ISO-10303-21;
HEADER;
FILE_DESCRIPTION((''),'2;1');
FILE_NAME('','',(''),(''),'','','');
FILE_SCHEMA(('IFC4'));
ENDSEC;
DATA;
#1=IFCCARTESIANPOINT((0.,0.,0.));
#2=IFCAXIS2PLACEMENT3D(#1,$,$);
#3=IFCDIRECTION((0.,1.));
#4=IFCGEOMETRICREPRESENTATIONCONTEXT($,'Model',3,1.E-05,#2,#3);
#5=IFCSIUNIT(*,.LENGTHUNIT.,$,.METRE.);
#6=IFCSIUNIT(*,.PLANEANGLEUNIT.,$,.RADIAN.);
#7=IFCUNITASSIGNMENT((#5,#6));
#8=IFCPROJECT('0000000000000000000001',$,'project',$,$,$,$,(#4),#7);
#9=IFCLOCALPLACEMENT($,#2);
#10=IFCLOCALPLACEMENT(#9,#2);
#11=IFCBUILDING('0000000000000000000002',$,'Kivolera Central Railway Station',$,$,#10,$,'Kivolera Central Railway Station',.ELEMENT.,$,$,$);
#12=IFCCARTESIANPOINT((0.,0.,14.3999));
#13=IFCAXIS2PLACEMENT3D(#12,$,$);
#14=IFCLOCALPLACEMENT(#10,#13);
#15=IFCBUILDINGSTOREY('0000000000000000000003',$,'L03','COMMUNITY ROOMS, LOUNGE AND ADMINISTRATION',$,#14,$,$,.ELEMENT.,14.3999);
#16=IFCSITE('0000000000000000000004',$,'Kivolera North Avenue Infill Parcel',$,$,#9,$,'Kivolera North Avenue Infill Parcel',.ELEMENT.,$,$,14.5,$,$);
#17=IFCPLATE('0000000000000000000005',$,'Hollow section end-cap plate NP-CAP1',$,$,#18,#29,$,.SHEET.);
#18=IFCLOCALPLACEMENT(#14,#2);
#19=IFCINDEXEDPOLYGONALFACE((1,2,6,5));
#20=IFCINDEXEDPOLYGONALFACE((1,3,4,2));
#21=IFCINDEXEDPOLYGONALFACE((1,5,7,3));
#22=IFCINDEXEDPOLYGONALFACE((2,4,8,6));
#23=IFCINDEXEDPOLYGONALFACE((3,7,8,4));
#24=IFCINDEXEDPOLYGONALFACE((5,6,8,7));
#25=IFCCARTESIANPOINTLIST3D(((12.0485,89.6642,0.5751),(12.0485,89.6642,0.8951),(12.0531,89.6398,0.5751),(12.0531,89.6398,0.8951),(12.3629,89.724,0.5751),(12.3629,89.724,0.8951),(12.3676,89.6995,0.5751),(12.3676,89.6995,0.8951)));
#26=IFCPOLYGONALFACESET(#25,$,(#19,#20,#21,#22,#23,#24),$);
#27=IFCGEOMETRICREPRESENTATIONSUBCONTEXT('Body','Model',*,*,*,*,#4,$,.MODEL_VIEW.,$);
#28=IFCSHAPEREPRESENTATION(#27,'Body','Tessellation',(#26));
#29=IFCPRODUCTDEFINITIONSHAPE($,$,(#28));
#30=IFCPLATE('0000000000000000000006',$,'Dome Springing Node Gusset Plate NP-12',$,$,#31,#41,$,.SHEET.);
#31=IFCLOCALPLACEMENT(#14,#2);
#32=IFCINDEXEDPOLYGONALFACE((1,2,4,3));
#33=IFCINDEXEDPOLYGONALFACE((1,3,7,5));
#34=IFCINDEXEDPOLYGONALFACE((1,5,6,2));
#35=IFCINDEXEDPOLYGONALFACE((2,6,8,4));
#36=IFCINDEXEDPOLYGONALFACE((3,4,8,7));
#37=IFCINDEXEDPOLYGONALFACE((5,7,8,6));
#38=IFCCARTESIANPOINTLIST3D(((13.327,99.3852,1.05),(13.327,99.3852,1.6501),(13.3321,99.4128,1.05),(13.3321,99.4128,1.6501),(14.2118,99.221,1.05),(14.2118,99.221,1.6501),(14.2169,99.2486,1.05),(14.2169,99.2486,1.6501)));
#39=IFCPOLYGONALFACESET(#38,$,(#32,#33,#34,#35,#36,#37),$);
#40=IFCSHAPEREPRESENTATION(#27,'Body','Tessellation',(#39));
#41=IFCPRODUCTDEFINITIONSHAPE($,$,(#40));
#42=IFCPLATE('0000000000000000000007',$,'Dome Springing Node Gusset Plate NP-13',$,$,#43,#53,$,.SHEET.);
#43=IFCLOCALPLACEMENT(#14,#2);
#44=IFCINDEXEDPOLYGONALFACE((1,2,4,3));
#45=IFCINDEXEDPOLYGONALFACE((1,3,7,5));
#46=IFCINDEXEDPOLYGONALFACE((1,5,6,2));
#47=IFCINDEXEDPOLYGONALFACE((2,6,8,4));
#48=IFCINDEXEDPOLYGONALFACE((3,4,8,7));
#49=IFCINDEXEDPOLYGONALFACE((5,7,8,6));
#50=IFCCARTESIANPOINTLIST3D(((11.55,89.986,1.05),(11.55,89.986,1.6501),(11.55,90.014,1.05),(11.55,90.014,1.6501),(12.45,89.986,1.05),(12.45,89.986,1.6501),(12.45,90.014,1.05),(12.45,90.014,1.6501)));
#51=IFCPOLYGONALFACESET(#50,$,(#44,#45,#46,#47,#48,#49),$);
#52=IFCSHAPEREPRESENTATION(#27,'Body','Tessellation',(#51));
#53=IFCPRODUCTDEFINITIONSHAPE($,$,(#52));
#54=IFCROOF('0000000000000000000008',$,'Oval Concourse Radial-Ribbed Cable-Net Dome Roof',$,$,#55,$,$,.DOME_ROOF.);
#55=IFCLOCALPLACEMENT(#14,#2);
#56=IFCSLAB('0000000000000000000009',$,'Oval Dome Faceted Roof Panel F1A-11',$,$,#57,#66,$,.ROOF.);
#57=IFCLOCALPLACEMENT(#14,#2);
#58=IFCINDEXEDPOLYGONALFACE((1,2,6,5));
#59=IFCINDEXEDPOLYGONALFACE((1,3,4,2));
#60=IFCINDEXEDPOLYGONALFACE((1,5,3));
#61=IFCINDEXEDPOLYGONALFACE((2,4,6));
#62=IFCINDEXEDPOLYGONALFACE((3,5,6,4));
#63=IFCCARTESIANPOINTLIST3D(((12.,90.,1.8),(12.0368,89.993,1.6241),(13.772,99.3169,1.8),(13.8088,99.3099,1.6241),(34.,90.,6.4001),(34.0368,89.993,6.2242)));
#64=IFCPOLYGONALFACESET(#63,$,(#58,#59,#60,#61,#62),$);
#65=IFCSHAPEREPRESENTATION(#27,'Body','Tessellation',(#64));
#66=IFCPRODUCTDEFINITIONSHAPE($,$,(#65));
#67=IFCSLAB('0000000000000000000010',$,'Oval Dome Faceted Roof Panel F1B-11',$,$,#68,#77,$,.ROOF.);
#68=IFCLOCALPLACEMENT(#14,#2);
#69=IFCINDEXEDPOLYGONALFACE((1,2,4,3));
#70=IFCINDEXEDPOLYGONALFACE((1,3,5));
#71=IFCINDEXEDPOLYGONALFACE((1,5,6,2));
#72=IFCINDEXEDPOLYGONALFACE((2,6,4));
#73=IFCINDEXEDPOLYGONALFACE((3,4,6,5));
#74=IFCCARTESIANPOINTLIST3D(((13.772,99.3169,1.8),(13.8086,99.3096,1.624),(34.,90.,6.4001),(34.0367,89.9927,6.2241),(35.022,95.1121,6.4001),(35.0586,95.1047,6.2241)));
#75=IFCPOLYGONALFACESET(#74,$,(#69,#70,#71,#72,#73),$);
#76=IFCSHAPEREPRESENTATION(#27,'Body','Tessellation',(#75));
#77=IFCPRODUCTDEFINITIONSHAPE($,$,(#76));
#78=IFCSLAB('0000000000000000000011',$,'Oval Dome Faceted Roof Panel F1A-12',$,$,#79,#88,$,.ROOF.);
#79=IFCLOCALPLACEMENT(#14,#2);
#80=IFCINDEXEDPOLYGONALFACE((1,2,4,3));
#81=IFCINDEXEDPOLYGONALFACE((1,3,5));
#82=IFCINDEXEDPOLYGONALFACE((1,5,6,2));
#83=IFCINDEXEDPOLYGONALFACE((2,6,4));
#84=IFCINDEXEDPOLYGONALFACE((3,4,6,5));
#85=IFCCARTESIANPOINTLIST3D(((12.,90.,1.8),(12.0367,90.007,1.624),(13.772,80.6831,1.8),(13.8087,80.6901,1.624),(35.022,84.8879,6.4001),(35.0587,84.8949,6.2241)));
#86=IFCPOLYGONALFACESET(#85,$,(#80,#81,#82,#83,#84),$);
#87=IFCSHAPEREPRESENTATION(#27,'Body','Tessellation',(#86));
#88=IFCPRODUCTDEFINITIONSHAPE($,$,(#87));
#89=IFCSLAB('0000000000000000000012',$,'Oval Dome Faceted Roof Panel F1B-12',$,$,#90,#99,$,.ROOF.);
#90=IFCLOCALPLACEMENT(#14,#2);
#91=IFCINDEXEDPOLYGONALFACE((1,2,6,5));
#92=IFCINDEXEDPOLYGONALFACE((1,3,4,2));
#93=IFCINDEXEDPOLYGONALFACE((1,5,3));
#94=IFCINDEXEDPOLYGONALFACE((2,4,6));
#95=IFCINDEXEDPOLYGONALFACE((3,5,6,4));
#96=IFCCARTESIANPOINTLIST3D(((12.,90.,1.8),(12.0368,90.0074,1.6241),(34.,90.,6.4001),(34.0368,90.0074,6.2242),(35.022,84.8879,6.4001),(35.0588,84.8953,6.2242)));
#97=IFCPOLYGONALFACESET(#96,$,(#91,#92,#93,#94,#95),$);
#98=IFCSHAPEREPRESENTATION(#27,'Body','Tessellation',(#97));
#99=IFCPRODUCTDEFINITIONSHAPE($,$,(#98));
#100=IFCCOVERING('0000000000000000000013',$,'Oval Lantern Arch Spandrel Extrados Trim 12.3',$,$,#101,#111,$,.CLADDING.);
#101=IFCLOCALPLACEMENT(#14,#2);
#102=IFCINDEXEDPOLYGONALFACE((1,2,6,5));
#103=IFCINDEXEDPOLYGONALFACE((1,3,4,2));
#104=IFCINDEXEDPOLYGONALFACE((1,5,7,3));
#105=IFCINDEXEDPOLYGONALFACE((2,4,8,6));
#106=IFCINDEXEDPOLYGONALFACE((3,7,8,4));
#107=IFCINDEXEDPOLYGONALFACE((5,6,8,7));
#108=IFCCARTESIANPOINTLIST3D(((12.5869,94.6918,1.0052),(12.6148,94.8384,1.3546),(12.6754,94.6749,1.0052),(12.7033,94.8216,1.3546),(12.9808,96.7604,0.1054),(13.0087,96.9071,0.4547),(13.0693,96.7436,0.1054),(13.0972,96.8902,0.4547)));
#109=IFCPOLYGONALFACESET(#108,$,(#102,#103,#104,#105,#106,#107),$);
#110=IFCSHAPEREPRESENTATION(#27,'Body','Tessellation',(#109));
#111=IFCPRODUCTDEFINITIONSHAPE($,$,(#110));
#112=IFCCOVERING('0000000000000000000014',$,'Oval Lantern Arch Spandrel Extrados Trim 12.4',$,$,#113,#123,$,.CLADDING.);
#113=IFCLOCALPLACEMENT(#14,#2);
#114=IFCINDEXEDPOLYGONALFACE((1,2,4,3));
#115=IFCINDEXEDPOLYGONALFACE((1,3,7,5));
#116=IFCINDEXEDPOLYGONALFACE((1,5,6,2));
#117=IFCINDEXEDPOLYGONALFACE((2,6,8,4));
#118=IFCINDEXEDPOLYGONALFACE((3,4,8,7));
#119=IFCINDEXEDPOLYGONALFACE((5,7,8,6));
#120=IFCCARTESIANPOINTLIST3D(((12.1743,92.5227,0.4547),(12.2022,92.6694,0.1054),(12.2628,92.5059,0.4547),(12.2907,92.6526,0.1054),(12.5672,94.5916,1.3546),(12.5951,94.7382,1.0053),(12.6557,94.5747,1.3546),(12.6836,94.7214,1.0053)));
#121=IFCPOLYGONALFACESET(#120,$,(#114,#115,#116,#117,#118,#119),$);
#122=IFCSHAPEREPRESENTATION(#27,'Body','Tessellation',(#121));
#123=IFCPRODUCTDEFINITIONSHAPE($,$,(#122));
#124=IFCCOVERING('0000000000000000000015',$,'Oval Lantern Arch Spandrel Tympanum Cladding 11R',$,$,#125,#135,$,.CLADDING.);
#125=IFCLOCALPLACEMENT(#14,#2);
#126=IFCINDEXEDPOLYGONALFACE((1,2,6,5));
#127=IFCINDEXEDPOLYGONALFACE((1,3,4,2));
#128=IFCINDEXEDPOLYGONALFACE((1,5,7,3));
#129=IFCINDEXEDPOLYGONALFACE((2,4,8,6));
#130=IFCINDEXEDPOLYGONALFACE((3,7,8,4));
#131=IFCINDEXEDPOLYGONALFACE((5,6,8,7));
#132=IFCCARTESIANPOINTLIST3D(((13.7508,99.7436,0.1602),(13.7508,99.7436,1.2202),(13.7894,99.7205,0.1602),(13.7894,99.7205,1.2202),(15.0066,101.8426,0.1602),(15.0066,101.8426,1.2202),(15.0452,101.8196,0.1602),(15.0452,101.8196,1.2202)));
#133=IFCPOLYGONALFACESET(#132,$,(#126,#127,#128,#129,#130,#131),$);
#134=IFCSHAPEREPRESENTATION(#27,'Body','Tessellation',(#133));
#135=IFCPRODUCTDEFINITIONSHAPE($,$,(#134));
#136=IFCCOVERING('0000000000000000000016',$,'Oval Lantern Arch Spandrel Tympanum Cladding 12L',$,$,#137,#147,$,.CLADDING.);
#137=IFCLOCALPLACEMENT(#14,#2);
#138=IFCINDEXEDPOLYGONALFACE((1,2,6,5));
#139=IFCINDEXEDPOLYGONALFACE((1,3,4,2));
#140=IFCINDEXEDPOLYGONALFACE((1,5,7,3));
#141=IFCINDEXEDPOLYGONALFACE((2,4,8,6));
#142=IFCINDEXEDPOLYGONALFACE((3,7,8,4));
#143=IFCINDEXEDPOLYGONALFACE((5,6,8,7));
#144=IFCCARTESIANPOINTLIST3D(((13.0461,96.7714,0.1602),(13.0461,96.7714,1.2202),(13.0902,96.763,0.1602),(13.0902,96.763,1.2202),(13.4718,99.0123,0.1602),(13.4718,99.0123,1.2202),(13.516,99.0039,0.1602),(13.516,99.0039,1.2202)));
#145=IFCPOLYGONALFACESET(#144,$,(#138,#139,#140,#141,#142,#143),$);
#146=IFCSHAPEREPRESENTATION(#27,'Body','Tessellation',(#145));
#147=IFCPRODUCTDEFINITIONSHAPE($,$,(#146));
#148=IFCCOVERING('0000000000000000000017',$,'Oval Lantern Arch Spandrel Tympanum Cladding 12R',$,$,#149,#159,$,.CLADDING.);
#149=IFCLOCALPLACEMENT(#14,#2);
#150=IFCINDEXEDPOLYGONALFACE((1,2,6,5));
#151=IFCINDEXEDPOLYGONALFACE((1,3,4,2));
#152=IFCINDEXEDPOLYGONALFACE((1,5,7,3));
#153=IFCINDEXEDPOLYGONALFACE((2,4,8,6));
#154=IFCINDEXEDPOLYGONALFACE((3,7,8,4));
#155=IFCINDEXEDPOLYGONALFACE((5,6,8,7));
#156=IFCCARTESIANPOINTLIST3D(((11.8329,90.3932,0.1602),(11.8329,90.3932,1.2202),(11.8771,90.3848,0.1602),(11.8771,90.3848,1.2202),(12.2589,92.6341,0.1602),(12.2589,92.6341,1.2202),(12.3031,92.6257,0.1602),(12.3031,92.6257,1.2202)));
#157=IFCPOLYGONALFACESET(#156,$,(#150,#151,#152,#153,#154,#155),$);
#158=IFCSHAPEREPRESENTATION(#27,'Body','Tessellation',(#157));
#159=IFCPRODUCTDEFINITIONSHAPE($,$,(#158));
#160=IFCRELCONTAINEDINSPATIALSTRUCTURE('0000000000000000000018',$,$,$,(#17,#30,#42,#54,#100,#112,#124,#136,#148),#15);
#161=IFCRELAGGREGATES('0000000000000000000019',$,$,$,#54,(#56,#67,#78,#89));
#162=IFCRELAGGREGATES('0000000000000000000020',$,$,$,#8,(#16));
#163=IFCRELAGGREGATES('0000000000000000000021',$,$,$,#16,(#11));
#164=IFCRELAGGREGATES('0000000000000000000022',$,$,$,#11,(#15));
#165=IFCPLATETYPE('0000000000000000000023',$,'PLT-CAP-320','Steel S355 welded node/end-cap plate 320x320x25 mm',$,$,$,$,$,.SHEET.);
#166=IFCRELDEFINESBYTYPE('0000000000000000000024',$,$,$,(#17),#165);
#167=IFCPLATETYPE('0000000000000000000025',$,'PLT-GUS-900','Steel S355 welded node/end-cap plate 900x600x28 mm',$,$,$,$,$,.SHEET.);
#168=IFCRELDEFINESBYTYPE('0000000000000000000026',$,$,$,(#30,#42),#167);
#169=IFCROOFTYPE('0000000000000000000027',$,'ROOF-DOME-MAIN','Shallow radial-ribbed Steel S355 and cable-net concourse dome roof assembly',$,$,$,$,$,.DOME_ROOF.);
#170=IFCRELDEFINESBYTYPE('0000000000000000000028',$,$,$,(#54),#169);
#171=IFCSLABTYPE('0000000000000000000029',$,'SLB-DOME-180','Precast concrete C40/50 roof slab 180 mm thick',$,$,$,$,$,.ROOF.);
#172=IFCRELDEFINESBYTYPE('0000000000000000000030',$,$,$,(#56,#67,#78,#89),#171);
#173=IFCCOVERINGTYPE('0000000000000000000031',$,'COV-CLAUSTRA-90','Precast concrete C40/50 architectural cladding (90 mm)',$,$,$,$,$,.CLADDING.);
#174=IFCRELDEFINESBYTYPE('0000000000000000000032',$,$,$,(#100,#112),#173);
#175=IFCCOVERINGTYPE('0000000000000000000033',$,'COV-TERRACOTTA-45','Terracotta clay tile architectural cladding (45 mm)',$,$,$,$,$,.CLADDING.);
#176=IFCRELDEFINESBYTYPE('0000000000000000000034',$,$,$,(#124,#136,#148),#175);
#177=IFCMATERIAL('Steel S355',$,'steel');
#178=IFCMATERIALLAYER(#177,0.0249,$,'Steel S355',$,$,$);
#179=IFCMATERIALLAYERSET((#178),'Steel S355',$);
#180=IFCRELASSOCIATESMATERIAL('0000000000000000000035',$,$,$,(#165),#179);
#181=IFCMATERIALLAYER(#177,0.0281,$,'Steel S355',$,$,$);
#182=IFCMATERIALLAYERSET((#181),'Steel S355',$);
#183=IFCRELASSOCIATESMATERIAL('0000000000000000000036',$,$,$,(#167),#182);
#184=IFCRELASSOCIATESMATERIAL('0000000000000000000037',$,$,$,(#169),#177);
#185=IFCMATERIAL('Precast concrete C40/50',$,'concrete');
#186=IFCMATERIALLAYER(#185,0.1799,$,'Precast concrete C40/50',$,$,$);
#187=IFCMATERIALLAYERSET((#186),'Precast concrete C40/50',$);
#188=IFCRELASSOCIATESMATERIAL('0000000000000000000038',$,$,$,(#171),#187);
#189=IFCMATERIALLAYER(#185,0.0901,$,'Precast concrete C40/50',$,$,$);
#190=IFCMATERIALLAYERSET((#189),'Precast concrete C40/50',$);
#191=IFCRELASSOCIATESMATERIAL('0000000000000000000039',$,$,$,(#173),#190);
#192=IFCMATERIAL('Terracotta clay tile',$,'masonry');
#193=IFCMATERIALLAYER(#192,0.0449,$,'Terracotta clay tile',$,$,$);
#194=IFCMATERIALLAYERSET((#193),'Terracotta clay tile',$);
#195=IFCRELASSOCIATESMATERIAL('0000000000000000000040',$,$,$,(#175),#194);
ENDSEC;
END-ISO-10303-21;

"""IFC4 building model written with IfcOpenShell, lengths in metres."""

from ifc_helpers import new_model, si_unit, direction, frame, frame_2d, origin, origin_2d, place, context, subcontext, project, spatial, polyline, rectangle, outline, extrude, material, layer, layer_set, type_object, element, aggregate, save


model = new_model("IFC4")

# Units and contexts
model_context = context("Model", 3, precision=1e-05, world=origin(), true_north=direction((0.0, 1.0)))
body_context = subcontext(model_context, "Body", "Model", "MODEL_VIEW")
ifc_project = project(units=[si_unit("LENGTHUNIT", "METRE"), si_unit("PLANEANGLEUNIT", "RADIAN")], contexts=[model_context])

# Site, building, storey
site_placement = place(None, origin())
site = spatial("IfcSite", under=ifc_project, at=site_placement, Name="Kivolera North Avenue Infill Parcel", LongName="Kivolera North Avenue Infill Parcel", CompositionType="ELEMENT", RefElevation=14.5)
building_placement = place(site_placement, origin())
building = spatial("IfcBuilding", under=site, at=building_placement, Name="Kivolera Central Railway Station", LongName="Kivolera Central Railway Station", CompositionType="ELEMENT")
storey_placement = place(building_placement, frame((0.0, 0.0, 14.3999)))
storey = spatial("IfcBuildingStorey", under=building, at=storey_placement, Name="L03", Description="COMMUNITY ROOMS, LOUNGE AND ADMINISTRATION", CompositionType="ELEMENT", Elevation=14.3999)

# Shared definitions
ifc_material_1 = material(Name="Steel S355", Category="steel")

# Plates
ifc_layer_1 = layer(ifc_material_1, 0.0249, Name="Steel S355")
ifc_layer_set_1 = layer_set([ifc_layer_1], Name="Steel S355")
plate_type_1 = type_object("IfcPlateType", Name="PLT-CAP-320", Description="Steel S355 welded node/end-cap plate 320x320x25 mm", PredefinedType="SHEET", material=ifc_layer_set_1)
for number, where, z_axis, x_axis, name in (
    (1, (12.208, 89.6819, 0.7351), (0.186814, -0.982395, 0.0), (0.982395, 0.186814, 0.0), "Hollow section end-cap plate NP-CAP1"),
):
    element("IfcPlate", number, at=place(storey_placement, frame(where, z_axis=z_axis, x_axis=x_axis)), inside=storey, type_object=plate_type_1, Name=name, PredefinedType="SHEET", context=body_context, shape_type="SweptSolid", body=[
        extrude(rectangle(XDim=0.3201, YDim=0.3201, at=origin_2d()), frame((0.0, 0.0, -0.0125)), (0.0, 0.0, 1.0), 0.0249),
    ])
ifc_layer_2 = layer(ifc_material_1, 0.0281, Name="Steel S355")
ifc_layer_set_2 = layer_set([ifc_layer_2], Name="Steel S355")
plate_type_2 = type_object("IfcPlateType", Name="PLT-GUS-900", Description="Steel S355 welded node/end-cap plate 900x600x28 mm", PredefinedType="SHEET", material=ifc_layer_set_2)
for number, where, z_axis, x_axis, name in (
    (2, (13.772, 99.3169, 1.05), (0.0, 0.0, 1.0), (-0.983226, 0.18239, 0.0), "Dome Springing Node Gusset Plate NP-12"),
    (3, (12.0, 90.0, 1.05), (0.0, 0.0, 1.0), (-1.0, 0.0, 0.0), "Dome Springing Node Gusset Plate NP-13"),
):
    element("IfcPlate", number, at=place(storey_placement, frame(where, z_axis=z_axis, x_axis=x_axis)), inside=storey, type_object=plate_type_2, Name=name, PredefinedType="SHEET", context=body_context, shape_type="SweptSolid", body=[
        extrude(rectangle(XDim=0.8999, YDim=0.0281, at=origin_2d()), origin(), (0.0, 0.0, 1.0), 0.6001),
    ])

# Roof, slabs
roof_type = type_object("IfcRoofType", Name="ROOF-DOME-MAIN", Description="Shallow radial-ribbed Steel S355 and cable-net concourse dome roof assembly", PredefinedType="DOME_ROOF", material=ifc_material_1)
roof_placement = place(storey_placement, origin())
roof = element("IfcRoof", 4, at=roof_placement, inside=storey, type_object=roof_type, Name="Oval Concourse Radial-Ribbed Cable-Net Dome Roof", PredefinedType="DOME_ROOF")
ifc_material_2 = material(Name="Precast concrete C40/50", Category="concrete")
ifc_layer_3 = layer(ifc_material_2, 0.1799, Name="Precast concrete C40/50")
ifc_layer_set_3 = layer_set([ifc_layer_3], Name="Precast concrete C40/50")
slab_type = type_object("IfcSlabType", Name="SLB-DOME-180", Description="Precast concrete C40/50 roof slab 180 mm thick", PredefinedType="ROOF", material=ifc_layer_set_3)
slab_1_placement = place(storey_placement, frame((13.772, 99.3169, 1.8), z_axis=(-0.204514, 0.038896, 0.97809), x_axis=(-0.18684, -0.98239, 0.0)))
slab_1 = element("IfcSlab", 5, at=slab_1_placement, type_object=slab_type, Name="Oval Dome Faceted Roof Panel F1A-11", PredefinedType="ROOF", context=body_context, shape_type="SweptSolid", body=[
    extrude(outline(polyline([(0.0, 0.0), (9.4839, 0.0), (5.3734, 22.0967), (0.0, 0.0)])), origin(), (0.0, 0.0, -1.0), 0.1799),
])
slab_2_placement = place(storey_placement, frame((13.772, 99.3169, 1.8), z_axis=(-0.203695, 0.040722, 0.978187), x_axis=(0.889508, -0.409702, 0.202285)))
slab_2 = element("IfcSlab", 6, at=slab_2_placement, type_object=slab_type, Name="Oval Dome Faceted Roof Panel F1B-11", PredefinedType="ROOF", context=body_context, shape_type="SweptSolid", body=[
    extrude(outline(polyline([(0.0, 0.0), (22.7407, 0.0), (21.5553, 5.0767), (0.0, 0.0)])), origin(), (0.0, 0.0, -1.0), 0.1799),
])
slab_3_placement = place(storey_placement, frame((12.0, 90.0, 1.8), z_axis=(-0.204073, -0.038812, 0.978186), x_axis=(0.18684, -0.98239, 0.0)))
slab_3 = element("IfcSlab", 7, at=slab_3_placement, type_object=slab_type, Name="Oval Dome Faceted Roof Panel F1A-12", PredefinedType="ROOF", context=body_context, shape_type="SweptSolid", body=[
    extrude(outline(polyline([(0.0, 0.0), (9.4839, 0.0), (9.3235, 22.1445), (0.0, 0.0)])), origin(), (0.0, 0.0, -1.0), 0.1799),
])
slab_4_placement = place(storey_placement, frame((12.0, 90.0, 1.8), z_axis=(-0.204498, -0.040882, 0.978013), x_axis=(0.958164, -0.212762, 0.191454)))
slab_4 = element("IfcSlab", 8, at=slab_4_placement, type_object=slab_type, Name="Oval Dome Faceted Roof Panel F1B-12", PredefinedType="ROOF", context=body_context, shape_type="SweptSolid", body=[
    extrude(outline(polyline([(0.0, 0.0), (24.0272, 0.0), (21.9603, 4.786), (0.0, 0.0)])), origin(), (0.0, 0.0, -1.0), 0.1799),
])
aggregate(roof, [slab_1, slab_2, slab_3, slab_4])

# Coverings
ifc_layer_4 = layer(ifc_material_2, 0.0901, Name="Precast concrete C40/50")
ifc_layer_set_4 = layer_set([ifc_layer_4], Name="Precast concrete C40/50")
covering_type_1 = type_object("IfcCoveringType", Name="COV-CLAUSTRA-90", Description="Precast concrete C40/50 architectural cladding (90 mm)", PredefinedType="CLADDING", material=ifc_layer_set_4)
for number, where, z_axis, x_axis, name in (
    (9, (12.842, 95.791, 0.73), (-0.172021, -0.90333, 0.392942), (-0.98239, 0.186841, 0.0), "Oval Lantern Arch Spandrel Extrados Trim 12.3"),
    (10, (12.429, 93.6221, 0.73), (-0.171598, -0.903398, -0.392972), (-0.98239, 0.186841, 0.0), "Oval Lantern Arch Spandrel Extrados Trim 12.4"),
):
    element("IfcCovering", number, at=place(storey_placement, frame(where, z_axis=z_axis, x_axis=x_axis)), inside=storey, type_object=covering_type_1, Name=name, PredefinedType="CLADDING", context=body_context, shape_type="SweptSolid", body=[
        extrude(rectangle(XDim=0.0901, YDim=0.3799, at=origin_2d()), frame((0.0, 0.0, -1.145)), (0.0, 0.0, 1.0), 2.29),
    ])
ifc_material_3 = material(Name="Terracotta clay tile", Category="masonry")
ifc_layer_5 = layer(ifc_material_3, 0.0449, Name="Terracotta clay tile")
ifc_layer_set_5 = layer_set([ifc_layer_5], Name="Terracotta clay tile")
covering_type_2 = type_object("IfcCoveringType", Name="COV-TERRACOTTA-45", Description="Terracotta clay tile architectural cladding (45 mm)", PredefinedType="CLADDING", material=ifc_layer_set_5)
covering_placement = place(storey_placement, frame((13.77, 99.7319, 0.1602), z_axis=(0.0, 0.0, 1.0), x_axis=(0.513409, 0.858144, 0.0)))
element("IfcCovering", 11, at=covering_placement, inside=storey, type_object=covering_type_2, Name="Oval Lantern Arch Spandrel Tympanum Cladding 11R", PredefinedType="CLADDING", context=body_context, shape_type="SweptSolid", body=[
    extrude(rectangle(XDim=2.446, YDim=0.0449, at=frame_2d((1.2231, 0.0))), origin(), (0.0, 0.0, 1.0), 1.0601),
])
for number, where, z_axis, x_axis, name in (
    (12, (13.0681, 96.7671, 0.1602), (0.0, 0.0, 1.0), (0.18666, 0.982425, 0.0), "Oval Lantern Arch Spandrel Tympanum Cladding 12L"),
    (13, (11.855, 90.3889, 0.1602), (0.0, 0.0, 1.0), (0.186763, 0.982405, 0.0), "Oval Lantern Arch Spandrel Tympanum Cladding 12R"),
):
    element("IfcCovering", number, at=place(storey_placement, frame(where, z_axis=z_axis, x_axis=x_axis)), inside=storey, type_object=covering_type_2, Name=name, PredefinedType="CLADDING", context=body_context, shape_type="SweptSolid", body=[
        extrude(rectangle(XDim=2.281, YDim=0.0449, at=frame_2d((1.1406, 0.0))), origin(), (0.0, 0.0, 1.0), 1.0601),
    ])

save(model, "model.ifc")
